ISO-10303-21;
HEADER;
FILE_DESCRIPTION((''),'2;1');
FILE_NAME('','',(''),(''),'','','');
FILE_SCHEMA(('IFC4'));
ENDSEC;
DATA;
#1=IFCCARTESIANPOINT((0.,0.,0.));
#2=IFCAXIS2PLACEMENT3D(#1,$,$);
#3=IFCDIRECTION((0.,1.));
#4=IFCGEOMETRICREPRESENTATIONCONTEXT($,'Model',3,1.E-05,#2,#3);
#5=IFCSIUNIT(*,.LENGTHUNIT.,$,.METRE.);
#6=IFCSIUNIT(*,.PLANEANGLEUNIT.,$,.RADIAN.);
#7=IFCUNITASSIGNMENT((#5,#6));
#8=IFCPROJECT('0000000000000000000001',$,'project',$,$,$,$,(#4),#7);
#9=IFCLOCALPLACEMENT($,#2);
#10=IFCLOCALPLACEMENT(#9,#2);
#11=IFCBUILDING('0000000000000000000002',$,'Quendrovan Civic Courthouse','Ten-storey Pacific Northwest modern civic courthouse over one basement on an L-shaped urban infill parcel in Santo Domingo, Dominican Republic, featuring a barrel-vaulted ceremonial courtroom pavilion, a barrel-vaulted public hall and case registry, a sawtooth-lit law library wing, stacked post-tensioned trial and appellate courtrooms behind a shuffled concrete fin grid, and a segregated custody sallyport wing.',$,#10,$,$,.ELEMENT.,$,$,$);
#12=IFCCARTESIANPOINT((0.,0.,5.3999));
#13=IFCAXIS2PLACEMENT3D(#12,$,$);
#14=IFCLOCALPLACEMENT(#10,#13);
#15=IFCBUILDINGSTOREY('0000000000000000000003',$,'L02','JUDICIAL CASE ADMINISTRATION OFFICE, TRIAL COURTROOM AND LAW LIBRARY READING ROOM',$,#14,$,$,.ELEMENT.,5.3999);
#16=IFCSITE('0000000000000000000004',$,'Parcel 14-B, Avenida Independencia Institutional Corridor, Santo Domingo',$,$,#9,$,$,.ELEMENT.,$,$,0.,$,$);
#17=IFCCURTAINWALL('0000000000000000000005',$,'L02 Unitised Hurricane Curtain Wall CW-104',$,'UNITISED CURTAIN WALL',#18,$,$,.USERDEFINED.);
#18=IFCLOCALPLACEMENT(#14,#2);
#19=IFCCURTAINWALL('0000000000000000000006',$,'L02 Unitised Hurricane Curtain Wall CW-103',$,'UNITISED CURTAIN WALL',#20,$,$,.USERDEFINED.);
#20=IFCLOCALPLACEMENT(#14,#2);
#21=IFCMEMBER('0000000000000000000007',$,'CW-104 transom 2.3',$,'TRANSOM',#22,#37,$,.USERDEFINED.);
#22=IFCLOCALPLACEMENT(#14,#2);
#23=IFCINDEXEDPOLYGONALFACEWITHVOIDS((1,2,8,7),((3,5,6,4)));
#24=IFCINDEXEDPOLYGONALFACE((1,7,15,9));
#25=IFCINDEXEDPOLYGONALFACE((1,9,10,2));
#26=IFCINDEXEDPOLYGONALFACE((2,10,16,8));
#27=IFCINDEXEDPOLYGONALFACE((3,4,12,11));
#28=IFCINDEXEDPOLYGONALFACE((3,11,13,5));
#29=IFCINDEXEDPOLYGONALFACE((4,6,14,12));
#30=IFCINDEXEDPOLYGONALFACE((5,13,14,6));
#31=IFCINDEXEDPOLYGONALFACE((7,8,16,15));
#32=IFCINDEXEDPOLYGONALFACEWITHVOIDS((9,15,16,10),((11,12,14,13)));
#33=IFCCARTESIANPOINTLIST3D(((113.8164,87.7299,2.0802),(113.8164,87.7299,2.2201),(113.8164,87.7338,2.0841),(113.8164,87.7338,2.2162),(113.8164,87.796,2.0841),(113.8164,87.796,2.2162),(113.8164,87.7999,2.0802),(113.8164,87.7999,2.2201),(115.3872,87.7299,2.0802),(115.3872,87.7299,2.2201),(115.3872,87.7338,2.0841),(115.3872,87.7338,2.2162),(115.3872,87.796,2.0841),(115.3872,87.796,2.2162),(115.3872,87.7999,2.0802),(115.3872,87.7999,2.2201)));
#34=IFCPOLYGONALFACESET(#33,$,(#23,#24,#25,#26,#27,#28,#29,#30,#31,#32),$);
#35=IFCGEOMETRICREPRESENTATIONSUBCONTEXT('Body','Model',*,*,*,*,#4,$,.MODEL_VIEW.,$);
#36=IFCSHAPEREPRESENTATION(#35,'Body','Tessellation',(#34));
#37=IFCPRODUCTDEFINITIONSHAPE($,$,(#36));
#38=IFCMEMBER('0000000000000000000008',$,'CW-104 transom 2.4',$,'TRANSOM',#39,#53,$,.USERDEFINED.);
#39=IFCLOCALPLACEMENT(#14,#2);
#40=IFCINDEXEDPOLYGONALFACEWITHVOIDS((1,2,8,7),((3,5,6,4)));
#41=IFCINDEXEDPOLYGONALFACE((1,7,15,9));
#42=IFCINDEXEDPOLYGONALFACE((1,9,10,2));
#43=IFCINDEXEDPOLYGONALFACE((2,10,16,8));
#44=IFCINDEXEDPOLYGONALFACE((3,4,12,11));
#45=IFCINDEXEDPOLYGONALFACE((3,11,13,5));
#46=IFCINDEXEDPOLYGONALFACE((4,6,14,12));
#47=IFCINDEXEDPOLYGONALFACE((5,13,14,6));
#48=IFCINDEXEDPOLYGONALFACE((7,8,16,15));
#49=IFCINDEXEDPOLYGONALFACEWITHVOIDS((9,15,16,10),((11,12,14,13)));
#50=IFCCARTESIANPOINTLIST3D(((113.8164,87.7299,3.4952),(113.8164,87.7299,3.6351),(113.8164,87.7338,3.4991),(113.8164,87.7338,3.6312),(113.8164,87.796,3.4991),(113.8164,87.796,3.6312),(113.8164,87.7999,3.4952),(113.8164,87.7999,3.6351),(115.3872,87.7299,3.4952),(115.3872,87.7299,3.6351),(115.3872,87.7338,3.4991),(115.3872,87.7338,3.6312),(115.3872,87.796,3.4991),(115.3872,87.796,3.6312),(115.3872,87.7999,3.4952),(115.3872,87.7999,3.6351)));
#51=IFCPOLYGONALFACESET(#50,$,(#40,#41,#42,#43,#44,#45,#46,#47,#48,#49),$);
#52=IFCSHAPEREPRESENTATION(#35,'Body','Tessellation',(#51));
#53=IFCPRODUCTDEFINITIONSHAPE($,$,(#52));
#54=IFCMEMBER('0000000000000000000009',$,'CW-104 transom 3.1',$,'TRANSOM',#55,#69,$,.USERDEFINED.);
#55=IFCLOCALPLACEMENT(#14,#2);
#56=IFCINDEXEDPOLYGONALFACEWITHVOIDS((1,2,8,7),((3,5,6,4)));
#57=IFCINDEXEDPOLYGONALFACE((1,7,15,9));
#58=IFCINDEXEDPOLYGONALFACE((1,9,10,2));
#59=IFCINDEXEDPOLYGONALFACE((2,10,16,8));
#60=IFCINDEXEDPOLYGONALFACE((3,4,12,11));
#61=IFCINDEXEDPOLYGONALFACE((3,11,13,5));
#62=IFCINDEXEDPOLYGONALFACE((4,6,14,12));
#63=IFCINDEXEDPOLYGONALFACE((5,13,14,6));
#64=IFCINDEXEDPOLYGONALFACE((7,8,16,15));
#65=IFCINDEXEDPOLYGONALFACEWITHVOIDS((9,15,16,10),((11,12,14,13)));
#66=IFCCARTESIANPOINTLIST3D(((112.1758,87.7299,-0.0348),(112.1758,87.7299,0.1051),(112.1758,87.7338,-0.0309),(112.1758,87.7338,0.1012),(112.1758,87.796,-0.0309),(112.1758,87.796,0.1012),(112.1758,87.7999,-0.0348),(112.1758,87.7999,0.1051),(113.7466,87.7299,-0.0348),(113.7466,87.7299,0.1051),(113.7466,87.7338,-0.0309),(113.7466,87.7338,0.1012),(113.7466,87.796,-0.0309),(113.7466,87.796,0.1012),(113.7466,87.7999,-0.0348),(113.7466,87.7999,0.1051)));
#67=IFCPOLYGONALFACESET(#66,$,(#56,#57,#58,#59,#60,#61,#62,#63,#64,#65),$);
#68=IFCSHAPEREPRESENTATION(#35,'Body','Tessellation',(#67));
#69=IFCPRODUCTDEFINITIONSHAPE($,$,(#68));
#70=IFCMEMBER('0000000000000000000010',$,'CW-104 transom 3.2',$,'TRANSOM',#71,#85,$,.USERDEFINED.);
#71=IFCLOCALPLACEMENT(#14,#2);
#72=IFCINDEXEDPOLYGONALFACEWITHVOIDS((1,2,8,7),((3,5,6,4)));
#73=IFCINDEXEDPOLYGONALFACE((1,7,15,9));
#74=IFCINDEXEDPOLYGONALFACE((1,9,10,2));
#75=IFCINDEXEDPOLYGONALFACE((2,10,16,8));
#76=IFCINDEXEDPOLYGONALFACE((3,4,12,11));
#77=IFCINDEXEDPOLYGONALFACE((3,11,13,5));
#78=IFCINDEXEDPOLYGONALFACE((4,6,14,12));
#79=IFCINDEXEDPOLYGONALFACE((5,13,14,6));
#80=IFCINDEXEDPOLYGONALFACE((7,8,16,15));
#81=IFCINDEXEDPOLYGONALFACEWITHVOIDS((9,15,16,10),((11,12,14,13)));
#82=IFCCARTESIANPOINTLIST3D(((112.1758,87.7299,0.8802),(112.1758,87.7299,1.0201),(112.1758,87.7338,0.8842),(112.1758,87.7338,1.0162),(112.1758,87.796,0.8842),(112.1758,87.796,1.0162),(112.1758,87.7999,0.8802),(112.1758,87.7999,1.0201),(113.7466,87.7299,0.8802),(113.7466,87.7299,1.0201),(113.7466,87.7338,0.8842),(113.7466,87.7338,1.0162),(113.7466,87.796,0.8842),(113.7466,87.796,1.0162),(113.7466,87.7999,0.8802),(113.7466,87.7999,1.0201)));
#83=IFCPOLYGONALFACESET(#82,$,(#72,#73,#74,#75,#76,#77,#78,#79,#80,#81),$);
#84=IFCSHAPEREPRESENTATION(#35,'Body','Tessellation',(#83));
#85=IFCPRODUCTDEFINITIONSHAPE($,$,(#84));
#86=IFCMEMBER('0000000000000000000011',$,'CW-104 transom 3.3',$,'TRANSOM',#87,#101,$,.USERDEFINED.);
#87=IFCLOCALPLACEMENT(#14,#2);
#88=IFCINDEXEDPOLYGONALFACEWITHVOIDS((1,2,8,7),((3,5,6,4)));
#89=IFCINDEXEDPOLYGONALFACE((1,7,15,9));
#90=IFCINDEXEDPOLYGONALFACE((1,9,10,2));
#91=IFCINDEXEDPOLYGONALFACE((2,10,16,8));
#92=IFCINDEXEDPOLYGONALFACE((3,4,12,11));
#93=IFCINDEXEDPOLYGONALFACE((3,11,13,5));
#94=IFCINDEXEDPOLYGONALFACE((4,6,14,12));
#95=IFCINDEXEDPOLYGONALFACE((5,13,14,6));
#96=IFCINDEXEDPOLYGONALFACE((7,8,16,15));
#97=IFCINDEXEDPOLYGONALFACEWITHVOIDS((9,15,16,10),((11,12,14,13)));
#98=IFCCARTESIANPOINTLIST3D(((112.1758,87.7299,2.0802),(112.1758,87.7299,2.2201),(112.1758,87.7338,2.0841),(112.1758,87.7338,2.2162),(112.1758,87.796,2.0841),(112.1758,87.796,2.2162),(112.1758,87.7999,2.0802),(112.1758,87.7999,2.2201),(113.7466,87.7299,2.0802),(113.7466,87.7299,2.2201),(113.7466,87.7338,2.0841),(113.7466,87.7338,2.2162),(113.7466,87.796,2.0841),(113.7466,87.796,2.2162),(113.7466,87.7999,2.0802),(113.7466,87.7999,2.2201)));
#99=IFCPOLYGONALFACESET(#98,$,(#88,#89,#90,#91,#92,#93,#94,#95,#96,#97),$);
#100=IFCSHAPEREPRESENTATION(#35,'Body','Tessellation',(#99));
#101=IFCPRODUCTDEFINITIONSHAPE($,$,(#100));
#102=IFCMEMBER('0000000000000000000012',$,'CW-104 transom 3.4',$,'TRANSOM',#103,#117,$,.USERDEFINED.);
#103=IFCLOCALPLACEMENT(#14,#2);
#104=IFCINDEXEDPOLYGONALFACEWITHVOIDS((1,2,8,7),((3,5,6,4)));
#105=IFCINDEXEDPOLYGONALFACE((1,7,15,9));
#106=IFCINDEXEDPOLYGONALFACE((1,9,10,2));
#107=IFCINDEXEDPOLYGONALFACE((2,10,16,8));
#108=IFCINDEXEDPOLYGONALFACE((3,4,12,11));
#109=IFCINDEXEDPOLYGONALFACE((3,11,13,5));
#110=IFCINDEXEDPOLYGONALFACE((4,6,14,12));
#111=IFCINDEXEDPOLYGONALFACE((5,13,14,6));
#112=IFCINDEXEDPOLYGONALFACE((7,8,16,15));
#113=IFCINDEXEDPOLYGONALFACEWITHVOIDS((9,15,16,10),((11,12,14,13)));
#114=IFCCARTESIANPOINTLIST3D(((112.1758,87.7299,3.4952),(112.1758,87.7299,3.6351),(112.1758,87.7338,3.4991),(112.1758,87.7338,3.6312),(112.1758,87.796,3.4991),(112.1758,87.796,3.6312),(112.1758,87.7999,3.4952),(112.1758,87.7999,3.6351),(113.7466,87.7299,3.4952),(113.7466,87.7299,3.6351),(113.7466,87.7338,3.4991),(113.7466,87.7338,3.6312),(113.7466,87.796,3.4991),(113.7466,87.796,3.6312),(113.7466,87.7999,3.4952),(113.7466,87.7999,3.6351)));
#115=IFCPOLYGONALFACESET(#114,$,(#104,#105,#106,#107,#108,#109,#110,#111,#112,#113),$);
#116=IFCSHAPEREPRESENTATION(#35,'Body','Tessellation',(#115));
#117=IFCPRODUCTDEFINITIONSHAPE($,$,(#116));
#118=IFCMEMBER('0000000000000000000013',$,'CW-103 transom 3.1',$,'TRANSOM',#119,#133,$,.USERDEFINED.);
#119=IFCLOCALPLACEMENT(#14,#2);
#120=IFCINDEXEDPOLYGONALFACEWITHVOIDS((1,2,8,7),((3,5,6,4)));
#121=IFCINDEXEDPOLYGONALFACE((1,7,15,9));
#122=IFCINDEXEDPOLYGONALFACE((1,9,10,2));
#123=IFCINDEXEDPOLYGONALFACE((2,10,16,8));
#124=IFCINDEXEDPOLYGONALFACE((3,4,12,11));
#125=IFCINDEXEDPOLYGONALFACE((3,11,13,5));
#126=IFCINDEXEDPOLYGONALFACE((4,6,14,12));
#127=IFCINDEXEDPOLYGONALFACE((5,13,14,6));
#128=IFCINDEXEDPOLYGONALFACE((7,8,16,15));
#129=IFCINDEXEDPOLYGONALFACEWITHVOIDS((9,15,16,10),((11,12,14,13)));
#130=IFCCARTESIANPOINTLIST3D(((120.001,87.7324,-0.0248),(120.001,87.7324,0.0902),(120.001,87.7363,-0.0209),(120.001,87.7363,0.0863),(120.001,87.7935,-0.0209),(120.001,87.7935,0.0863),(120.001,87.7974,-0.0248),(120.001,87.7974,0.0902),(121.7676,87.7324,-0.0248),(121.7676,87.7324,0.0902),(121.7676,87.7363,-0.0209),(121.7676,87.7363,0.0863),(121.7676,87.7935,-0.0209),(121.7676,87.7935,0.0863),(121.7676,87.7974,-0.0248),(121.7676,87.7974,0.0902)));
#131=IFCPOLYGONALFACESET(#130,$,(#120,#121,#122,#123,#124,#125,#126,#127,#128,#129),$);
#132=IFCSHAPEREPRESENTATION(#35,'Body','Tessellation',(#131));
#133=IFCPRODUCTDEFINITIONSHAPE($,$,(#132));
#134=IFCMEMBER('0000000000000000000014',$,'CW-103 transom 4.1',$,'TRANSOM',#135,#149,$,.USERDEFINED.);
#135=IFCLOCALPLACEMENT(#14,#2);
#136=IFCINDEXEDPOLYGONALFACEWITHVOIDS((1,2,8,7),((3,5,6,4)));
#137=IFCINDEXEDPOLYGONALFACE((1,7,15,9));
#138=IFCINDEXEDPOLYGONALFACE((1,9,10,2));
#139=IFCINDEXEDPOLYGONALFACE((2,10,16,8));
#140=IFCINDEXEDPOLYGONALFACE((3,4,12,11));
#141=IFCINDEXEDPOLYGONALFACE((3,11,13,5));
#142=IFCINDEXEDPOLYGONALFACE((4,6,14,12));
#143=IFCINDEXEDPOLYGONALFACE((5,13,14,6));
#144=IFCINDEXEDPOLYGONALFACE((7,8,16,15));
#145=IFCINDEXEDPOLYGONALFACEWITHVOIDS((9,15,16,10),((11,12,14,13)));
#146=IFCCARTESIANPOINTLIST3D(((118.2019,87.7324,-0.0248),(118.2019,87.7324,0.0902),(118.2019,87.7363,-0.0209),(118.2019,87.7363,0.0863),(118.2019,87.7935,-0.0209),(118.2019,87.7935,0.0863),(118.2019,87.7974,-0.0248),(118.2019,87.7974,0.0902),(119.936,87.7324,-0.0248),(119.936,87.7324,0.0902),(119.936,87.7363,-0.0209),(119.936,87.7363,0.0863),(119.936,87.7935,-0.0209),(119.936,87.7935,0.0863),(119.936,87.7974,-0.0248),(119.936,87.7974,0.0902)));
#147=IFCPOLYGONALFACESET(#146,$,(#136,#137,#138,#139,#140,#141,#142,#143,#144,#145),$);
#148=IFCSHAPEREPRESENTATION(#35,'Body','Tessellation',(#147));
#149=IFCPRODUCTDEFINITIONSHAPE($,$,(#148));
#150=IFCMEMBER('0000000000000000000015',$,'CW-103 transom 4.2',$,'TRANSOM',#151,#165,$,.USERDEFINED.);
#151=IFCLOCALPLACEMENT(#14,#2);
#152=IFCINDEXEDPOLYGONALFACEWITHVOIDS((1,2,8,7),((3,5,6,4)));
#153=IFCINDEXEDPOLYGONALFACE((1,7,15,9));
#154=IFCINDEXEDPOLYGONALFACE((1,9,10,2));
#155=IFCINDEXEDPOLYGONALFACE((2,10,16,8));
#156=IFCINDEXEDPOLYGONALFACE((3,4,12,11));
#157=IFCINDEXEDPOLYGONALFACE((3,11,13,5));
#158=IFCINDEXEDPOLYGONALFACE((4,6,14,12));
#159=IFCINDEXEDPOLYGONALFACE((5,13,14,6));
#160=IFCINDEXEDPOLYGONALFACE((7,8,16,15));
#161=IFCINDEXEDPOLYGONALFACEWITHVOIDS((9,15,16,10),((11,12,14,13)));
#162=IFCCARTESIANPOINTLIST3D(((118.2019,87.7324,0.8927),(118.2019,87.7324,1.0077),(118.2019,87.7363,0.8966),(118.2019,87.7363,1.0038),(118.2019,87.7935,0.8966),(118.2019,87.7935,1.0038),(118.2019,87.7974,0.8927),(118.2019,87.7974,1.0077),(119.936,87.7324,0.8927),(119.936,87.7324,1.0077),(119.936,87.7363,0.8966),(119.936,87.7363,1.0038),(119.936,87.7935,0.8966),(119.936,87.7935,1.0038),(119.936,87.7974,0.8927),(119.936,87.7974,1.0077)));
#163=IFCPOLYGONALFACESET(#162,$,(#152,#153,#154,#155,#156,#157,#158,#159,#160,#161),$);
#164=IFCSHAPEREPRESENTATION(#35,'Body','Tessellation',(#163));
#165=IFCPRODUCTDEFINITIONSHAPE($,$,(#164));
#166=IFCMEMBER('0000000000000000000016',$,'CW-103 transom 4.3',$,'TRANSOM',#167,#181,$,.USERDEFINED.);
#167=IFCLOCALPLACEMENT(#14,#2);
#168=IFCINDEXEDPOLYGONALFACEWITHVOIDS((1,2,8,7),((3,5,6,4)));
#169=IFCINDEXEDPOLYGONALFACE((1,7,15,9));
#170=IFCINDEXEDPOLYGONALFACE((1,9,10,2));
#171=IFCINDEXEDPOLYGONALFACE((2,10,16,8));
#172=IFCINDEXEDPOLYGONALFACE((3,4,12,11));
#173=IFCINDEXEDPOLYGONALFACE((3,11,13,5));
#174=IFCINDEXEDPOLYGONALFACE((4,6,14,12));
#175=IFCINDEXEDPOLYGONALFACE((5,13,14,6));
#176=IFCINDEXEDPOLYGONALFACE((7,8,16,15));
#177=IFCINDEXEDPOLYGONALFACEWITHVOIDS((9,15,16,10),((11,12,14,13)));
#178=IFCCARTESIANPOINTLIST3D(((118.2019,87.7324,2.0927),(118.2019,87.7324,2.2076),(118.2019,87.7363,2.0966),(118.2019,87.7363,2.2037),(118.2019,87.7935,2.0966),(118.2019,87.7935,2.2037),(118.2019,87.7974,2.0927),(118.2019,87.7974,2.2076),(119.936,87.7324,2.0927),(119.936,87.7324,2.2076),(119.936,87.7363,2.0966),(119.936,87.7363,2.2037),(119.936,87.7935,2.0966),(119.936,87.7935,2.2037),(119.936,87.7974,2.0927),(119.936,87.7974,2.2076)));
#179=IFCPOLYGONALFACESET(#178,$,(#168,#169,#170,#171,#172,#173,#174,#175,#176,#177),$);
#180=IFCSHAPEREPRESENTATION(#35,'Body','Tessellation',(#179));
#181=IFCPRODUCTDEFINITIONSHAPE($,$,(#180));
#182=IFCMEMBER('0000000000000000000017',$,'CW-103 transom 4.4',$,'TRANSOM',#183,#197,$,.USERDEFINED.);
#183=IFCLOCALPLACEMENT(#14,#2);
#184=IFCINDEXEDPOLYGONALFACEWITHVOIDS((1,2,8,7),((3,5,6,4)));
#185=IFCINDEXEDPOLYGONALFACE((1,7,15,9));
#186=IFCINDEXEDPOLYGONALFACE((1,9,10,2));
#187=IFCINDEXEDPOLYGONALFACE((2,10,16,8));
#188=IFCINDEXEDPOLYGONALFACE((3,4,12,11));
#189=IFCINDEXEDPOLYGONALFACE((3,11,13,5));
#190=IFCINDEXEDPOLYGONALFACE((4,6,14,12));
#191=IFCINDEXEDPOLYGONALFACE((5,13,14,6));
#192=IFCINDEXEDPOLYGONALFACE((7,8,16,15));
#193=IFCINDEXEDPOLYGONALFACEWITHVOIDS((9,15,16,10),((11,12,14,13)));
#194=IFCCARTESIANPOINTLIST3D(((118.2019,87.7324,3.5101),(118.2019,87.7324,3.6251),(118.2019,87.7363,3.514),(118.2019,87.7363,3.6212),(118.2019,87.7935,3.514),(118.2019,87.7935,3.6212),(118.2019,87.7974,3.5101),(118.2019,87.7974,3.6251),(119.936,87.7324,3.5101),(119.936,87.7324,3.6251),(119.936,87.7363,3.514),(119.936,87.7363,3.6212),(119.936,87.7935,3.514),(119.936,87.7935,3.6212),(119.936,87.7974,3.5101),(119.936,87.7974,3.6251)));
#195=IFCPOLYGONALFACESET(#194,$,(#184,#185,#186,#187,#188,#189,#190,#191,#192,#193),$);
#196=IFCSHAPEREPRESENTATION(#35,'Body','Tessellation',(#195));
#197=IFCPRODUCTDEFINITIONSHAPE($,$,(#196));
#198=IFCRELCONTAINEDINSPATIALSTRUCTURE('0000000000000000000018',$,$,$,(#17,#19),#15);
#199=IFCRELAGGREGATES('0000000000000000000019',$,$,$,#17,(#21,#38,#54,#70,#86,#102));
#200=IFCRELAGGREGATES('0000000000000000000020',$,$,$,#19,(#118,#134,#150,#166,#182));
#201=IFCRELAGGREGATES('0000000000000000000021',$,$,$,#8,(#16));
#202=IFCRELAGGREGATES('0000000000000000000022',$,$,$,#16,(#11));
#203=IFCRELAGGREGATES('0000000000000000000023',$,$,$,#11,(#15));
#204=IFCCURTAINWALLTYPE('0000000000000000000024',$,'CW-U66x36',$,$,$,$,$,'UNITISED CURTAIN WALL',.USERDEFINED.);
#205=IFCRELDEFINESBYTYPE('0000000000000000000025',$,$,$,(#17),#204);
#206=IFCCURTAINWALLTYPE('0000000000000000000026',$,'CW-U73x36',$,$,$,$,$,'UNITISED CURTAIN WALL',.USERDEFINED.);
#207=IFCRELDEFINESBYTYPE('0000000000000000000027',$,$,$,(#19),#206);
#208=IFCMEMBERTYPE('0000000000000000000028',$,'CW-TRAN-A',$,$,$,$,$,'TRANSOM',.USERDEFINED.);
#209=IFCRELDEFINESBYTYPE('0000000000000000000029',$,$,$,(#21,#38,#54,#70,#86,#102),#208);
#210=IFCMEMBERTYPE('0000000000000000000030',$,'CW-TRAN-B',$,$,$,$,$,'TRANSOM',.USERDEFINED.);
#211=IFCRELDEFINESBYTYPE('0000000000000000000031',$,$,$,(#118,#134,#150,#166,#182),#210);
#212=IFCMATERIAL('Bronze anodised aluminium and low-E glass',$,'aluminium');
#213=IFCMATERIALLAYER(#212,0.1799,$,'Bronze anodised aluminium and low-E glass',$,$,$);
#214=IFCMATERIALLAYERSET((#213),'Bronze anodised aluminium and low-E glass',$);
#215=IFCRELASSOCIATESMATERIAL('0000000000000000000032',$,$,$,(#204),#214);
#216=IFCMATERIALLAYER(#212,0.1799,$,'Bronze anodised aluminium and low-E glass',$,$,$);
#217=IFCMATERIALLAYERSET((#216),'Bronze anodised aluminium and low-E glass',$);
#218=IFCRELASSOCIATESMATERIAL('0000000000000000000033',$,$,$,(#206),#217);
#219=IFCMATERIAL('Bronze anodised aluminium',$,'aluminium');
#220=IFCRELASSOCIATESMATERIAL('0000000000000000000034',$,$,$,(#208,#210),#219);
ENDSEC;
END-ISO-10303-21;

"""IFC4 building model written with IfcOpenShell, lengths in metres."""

from ifc_helpers import new_model, si_unit, direction, frame, origin, origin_2d, place, context, subcontext, project, spatial, hollow_rectangle, extrude, material, layer, layer_set, material_profile, profile_set, type_object, element, aggregate, save


model = new_model("IFC4")

# Units and contexts
model_context = context("Model", 3, precision=1e-05, world=origin(), true_north=direction((0.0, 1.0)))
body_context = subcontext(model_context, "Body", "Model", "MODEL_VIEW")
ifc_project = project(units=[si_unit("LENGTHUNIT", "METRE"), si_unit("PLANEANGLEUNIT", "RADIAN")], contexts=[model_context])

# Site, building, storey
site_placement = place(None, origin())
site = spatial("IfcSite", under=ifc_project, at=site_placement, Name="Parcel 14-B, Avenida Independencia Institutional Corridor, Santo Domingo", CompositionType="ELEMENT", RefElevation=0.0)
building_placement = place(site_placement, origin())
building = spatial("IfcBuilding", under=site, at=building_placement, Name="Quendrovan Civic Courthouse", Description="Ten-storey Pacific Northwest modern civic courthouse over one basement on an L-shaped urban infill parcel in Santo Domingo, Dominican Republic, featuring a barrel-vaulted ceremonial courtroom pavilion, a barrel-vaulted public hall and case registry, a sawtooth-lit law library wing, stacked post-tensioned trial and appellate courtrooms behind a shuffled concrete fin grid, and a segregated custody sallyport wing.", CompositionType="ELEMENT")
storey_placement = place(building_placement, frame((0.0, 0.0, 5.3999)))
storey = spatial("IfcBuildingStorey", under=building, at=storey_placement, Name="L02", Description="JUDICIAL CASE ADMINISTRATION OFFICE, TRIAL COURTROOM AND LAW LIBRARY READING ROOM", CompositionType="ELEMENT", Elevation=5.3999)

# Curtain walls
ifc_material_1 = material(Name="Bronze anodised aluminium and low-E glass", Category="aluminium")
ifc_layer_1 = layer(ifc_material_1, 0.1799, Name="Bronze anodised aluminium and low-E glass")
ifc_layer_set_1 = layer_set([ifc_layer_1], Name="Bronze anodised aluminium and low-E glass")
curtain_wall_type_1 = type_object("IfcCurtainWallType", Name="CW-U66x36", ElementType="UNITISED CURTAIN WALL", PredefinedType="USERDEFINED", material=ifc_layer_set_1)
curtain_wall_1_placement = place(storey_placement, origin())
curtain_wall_1 = element("IfcCurtainWall", 1, at=curtain_wall_1_placement, inside=storey, type_object=curtain_wall_type_1, Name="L02 Unitised Hurricane Curtain Wall CW-104", ObjectType="UNITISED CURTAIN WALL", PredefinedType="USERDEFINED")
ifc_material_2 = material(Name="Bronze anodised aluminium", Category="aluminium")
ifc_layer_2 = layer(ifc_material_1, 0.1799, Name="Bronze anodised aluminium and low-E glass")
ifc_layer_set_2 = layer_set([ifc_layer_2], Name="Bronze anodised aluminium and low-E glass")
curtain_wall_type_2 = type_object("IfcCurtainWallType", Name="CW-U73x36", ElementType="UNITISED CURTAIN WALL", PredefinedType="USERDEFINED", material=ifc_layer_set_2)
curtain_wall_2_placement = place(storey_placement, origin())
curtain_wall_2 = element("IfcCurtainWall", 2, at=curtain_wall_2_placement, inside=storey, type_object=curtain_wall_type_2, Name="L02 Unitised Hurricane Curtain Wall CW-103", ObjectType="UNITISED CURTAIN WALL", PredefinedType="USERDEFINED")

# Members
ifc_material_profile_1 = material_profile(ifc_material_2, hollow_rectangle(XDim=0.0701, YDim=0.1399, WallThickness=0.0039, at=origin_2d()), Name="CW-TRAN-70x140")
ifc_profile_set_1 = profile_set([ifc_material_profile_1], Name="Bronze anodised aluminium")
member_type_1 = type_object("IfcMemberType", Name="CW-TRAN-A", ElementType="TRANSOM", PredefinedType="USERDEFINED", material=ifc_profile_set_1)
member_1_placement = place(storey_placement, frame((115.3872, 87.7649, 2.1501), z_axis=(-1.0, 0.0, 0.0), x_axis=(0.0, -1.0, 0.0)))
member_1 = element("IfcMember", 3, at=member_1_placement, type_object=member_type_1, Name="CW-104 transom 2.3", ObjectType="TRANSOM", PredefinedType="USERDEFINED", context=body_context, shape_type="SweptSolid", body=[
    extrude(hollow_rectangle(XDim=0.0701, YDim=0.1399, WallThickness=0.0039, at=origin_2d()), origin(), (0.0, 0.0, 1.0), 1.5708),
])
member_2_placement = place(storey_placement, frame((115.3872, 87.7649, 3.5652), z_axis=(-1.0, 0.0, 0.0), x_axis=(0.0, -1.0, 0.0)))
member_2 = element("IfcMember", 4, at=member_2_placement, type_object=member_type_1, Name="CW-104 transom 2.4", ObjectType="TRANSOM", PredefinedType="USERDEFINED", context=body_context, shape_type="SweptSolid", body=[
    extrude(hollow_rectangle(XDim=0.0701, YDim=0.1399, WallThickness=0.0039, at=origin_2d()), origin(), (0.0, 0.0, 1.0), 1.5708),
])
member_3_placement = place(storey_placement, frame((113.7466, 87.7649, 0.0352), z_axis=(-1.0, 0.0, 0.0), x_axis=(0.0, -1.0, 0.0)))
member_3 = element("IfcMember", 5, at=member_3_placement, type_object=member_type_1, Name="CW-104 transom 3.1", ObjectType="TRANSOM", PredefinedType="USERDEFINED", context=body_context, shape_type="SweptSolid", body=[
    extrude(hollow_rectangle(XDim=0.0701, YDim=0.1399, WallThickness=0.0039, at=origin_2d()), origin(), (0.0, 0.0, 1.0), 1.5708),
])
member_4_placement = place(storey_placement, frame((113.7466, 87.7649, 0.9502), z_axis=(-1.0, 0.0, 0.0), x_axis=(0.0, -1.0, 0.0)))
member_4 = element("IfcMember", 6, at=member_4_placement, type_object=member_type_1, Name="CW-104 transom 3.2", ObjectType="TRANSOM", PredefinedType="USERDEFINED", context=body_context, shape_type="SweptSolid", body=[
    extrude(hollow_rectangle(XDim=0.0701, YDim=0.1399, WallThickness=0.0039, at=origin_2d()), origin(), (0.0, 0.0, 1.0), 1.5708),
])
member_5_placement = place(storey_placement, frame((113.7466, 87.7649, 2.1501), z_axis=(-1.0, 0.0, 0.0), x_axis=(0.0, -1.0, 0.0)))
member_5 = element("IfcMember", 7, at=member_5_placement, type_object=member_type_1, Name="CW-104 transom 3.3", ObjectType="TRANSOM", PredefinedType="USERDEFINED", context=body_context, shape_type="SweptSolid", body=[
    extrude(hollow_rectangle(XDim=0.0701, YDim=0.1399, WallThickness=0.0039, at=origin_2d()), origin(), (0.0, 0.0, 1.0), 1.5708),
])
member_6_placement = place(storey_placement, frame((113.7466, 87.7649, 3.5652), z_axis=(-1.0, 0.0, 0.0), x_axis=(0.0, -1.0, 0.0)))
member_6 = element("IfcMember", 8, at=member_6_placement, type_object=member_type_1, Name="CW-104 transom 3.4", ObjectType="TRANSOM", PredefinedType="USERDEFINED", context=body_context, shape_type="SweptSolid", body=[
    extrude(hollow_rectangle(XDim=0.0701, YDim=0.1399, WallThickness=0.0039, at=origin_2d()), origin(), (0.0, 0.0, 1.0), 1.5708),
])
ifc_material_profile_2 = material_profile(ifc_material_2, hollow_rectangle(XDim=0.0649, YDim=0.115, WallThickness=0.0039, at=origin_2d()), Name="CW-TRAN-65x115")
ifc_profile_set_2 = profile_set([ifc_material_profile_2], Name="Bronze anodised aluminium")
member_type_2 = type_object("IfcMemberType", Name="CW-TRAN-B", ElementType="TRANSOM", PredefinedType="USERDEFINED", material=ifc_profile_set_2)
member_7_placement = place(storey_placement, frame((121.7676, 87.7649, 0.0327), z_axis=(-1.0, 0.0, 0.0), x_axis=(0.0, -1.0, 0.0)))
member_7 = element("IfcMember", 9, at=member_7_placement, type_object=member_type_2, Name="CW-103 transom 3.1", ObjectType="TRANSOM", PredefinedType="USERDEFINED", context=body_context, shape_type="SweptSolid", body=[
    extrude(hollow_rectangle(XDim=0.0649, YDim=0.115, WallThickness=0.0039, at=origin_2d()), origin(), (0.0, 0.0, 1.0), 1.7666),
])
member_8_placement = place(storey_placement, frame((119.936, 87.7649, 0.0327), z_axis=(-1.0, 0.0, 0.0), x_axis=(0.0, -1.0, 0.0)))
member_8 = element("IfcMember", 10, at=member_8_placement, type_object=member_type_2, Name="CW-103 transom 4.1", ObjectType="TRANSOM", PredefinedType="USERDEFINED", context=body_context, shape_type="SweptSolid", body=[
    extrude(hollow_rectangle(XDim=0.0649, YDim=0.115, WallThickness=0.0039, at=origin_2d()), origin(), (0.0, 0.0, 1.0), 1.7341),
])
member_9_placement = place(storey_placement, frame((119.936, 87.7649, 0.9502), z_axis=(-1.0, 0.0, 0.0), x_axis=(0.0, -1.0, 0.0)))
member_9 = element("IfcMember", 11, at=member_9_placement, type_object=member_type_2, Name="CW-103 transom 4.2", ObjectType="TRANSOM", PredefinedType="USERDEFINED", context=body_context, shape_type="SweptSolid", body=[
    extrude(hollow_rectangle(XDim=0.0649, YDim=0.115, WallThickness=0.0039, at=origin_2d()), origin(), (0.0, 0.0, 1.0), 1.7341),
])
member_10_placement = place(storey_placement, frame((119.936, 87.7649, 2.1501), z_axis=(-1.0, 0.0, 0.0), x_axis=(0.0, -1.0, 0.0)))
member_10 = element("IfcMember", 12, at=member_10_placement, type_object=member_type_2, Name="CW-103 transom 4.3", ObjectType="TRANSOM", PredefinedType="USERDEFINED", context=body_context, shape_type="SweptSolid", body=[
    extrude(hollow_rectangle(XDim=0.0649, YDim=0.115, WallThickness=0.0039, at=origin_2d()), origin(), (0.0, 0.0, 1.0), 1.7341),
])
member_11_placement = place(storey_placement, frame((119.936, 87.7649, 3.5676), z_axis=(-1.0, 0.0, 0.0), x_axis=(0.0, -1.0, 0.0)))
member_11 = element("IfcMember", 13, at=member_11_placement, type_object=member_type_2, Name="CW-103 transom 4.4", ObjectType="TRANSOM", PredefinedType="USERDEFINED", context=body_context, shape_type="SweptSolid", body=[
    extrude(hollow_rectangle(XDim=0.0649, YDim=0.115, WallThickness=0.0039, at=origin_2d()), origin(), (0.0, 0.0, 1.0), 1.7341),
])

aggregate(curtain_wall_1, [member_1, member_2, member_3, member_4, member_5, member_6])
aggregate(curtain_wall_2, [member_7, member_8, member_9, member_10, member_11])

save(model, "model.ifc")
